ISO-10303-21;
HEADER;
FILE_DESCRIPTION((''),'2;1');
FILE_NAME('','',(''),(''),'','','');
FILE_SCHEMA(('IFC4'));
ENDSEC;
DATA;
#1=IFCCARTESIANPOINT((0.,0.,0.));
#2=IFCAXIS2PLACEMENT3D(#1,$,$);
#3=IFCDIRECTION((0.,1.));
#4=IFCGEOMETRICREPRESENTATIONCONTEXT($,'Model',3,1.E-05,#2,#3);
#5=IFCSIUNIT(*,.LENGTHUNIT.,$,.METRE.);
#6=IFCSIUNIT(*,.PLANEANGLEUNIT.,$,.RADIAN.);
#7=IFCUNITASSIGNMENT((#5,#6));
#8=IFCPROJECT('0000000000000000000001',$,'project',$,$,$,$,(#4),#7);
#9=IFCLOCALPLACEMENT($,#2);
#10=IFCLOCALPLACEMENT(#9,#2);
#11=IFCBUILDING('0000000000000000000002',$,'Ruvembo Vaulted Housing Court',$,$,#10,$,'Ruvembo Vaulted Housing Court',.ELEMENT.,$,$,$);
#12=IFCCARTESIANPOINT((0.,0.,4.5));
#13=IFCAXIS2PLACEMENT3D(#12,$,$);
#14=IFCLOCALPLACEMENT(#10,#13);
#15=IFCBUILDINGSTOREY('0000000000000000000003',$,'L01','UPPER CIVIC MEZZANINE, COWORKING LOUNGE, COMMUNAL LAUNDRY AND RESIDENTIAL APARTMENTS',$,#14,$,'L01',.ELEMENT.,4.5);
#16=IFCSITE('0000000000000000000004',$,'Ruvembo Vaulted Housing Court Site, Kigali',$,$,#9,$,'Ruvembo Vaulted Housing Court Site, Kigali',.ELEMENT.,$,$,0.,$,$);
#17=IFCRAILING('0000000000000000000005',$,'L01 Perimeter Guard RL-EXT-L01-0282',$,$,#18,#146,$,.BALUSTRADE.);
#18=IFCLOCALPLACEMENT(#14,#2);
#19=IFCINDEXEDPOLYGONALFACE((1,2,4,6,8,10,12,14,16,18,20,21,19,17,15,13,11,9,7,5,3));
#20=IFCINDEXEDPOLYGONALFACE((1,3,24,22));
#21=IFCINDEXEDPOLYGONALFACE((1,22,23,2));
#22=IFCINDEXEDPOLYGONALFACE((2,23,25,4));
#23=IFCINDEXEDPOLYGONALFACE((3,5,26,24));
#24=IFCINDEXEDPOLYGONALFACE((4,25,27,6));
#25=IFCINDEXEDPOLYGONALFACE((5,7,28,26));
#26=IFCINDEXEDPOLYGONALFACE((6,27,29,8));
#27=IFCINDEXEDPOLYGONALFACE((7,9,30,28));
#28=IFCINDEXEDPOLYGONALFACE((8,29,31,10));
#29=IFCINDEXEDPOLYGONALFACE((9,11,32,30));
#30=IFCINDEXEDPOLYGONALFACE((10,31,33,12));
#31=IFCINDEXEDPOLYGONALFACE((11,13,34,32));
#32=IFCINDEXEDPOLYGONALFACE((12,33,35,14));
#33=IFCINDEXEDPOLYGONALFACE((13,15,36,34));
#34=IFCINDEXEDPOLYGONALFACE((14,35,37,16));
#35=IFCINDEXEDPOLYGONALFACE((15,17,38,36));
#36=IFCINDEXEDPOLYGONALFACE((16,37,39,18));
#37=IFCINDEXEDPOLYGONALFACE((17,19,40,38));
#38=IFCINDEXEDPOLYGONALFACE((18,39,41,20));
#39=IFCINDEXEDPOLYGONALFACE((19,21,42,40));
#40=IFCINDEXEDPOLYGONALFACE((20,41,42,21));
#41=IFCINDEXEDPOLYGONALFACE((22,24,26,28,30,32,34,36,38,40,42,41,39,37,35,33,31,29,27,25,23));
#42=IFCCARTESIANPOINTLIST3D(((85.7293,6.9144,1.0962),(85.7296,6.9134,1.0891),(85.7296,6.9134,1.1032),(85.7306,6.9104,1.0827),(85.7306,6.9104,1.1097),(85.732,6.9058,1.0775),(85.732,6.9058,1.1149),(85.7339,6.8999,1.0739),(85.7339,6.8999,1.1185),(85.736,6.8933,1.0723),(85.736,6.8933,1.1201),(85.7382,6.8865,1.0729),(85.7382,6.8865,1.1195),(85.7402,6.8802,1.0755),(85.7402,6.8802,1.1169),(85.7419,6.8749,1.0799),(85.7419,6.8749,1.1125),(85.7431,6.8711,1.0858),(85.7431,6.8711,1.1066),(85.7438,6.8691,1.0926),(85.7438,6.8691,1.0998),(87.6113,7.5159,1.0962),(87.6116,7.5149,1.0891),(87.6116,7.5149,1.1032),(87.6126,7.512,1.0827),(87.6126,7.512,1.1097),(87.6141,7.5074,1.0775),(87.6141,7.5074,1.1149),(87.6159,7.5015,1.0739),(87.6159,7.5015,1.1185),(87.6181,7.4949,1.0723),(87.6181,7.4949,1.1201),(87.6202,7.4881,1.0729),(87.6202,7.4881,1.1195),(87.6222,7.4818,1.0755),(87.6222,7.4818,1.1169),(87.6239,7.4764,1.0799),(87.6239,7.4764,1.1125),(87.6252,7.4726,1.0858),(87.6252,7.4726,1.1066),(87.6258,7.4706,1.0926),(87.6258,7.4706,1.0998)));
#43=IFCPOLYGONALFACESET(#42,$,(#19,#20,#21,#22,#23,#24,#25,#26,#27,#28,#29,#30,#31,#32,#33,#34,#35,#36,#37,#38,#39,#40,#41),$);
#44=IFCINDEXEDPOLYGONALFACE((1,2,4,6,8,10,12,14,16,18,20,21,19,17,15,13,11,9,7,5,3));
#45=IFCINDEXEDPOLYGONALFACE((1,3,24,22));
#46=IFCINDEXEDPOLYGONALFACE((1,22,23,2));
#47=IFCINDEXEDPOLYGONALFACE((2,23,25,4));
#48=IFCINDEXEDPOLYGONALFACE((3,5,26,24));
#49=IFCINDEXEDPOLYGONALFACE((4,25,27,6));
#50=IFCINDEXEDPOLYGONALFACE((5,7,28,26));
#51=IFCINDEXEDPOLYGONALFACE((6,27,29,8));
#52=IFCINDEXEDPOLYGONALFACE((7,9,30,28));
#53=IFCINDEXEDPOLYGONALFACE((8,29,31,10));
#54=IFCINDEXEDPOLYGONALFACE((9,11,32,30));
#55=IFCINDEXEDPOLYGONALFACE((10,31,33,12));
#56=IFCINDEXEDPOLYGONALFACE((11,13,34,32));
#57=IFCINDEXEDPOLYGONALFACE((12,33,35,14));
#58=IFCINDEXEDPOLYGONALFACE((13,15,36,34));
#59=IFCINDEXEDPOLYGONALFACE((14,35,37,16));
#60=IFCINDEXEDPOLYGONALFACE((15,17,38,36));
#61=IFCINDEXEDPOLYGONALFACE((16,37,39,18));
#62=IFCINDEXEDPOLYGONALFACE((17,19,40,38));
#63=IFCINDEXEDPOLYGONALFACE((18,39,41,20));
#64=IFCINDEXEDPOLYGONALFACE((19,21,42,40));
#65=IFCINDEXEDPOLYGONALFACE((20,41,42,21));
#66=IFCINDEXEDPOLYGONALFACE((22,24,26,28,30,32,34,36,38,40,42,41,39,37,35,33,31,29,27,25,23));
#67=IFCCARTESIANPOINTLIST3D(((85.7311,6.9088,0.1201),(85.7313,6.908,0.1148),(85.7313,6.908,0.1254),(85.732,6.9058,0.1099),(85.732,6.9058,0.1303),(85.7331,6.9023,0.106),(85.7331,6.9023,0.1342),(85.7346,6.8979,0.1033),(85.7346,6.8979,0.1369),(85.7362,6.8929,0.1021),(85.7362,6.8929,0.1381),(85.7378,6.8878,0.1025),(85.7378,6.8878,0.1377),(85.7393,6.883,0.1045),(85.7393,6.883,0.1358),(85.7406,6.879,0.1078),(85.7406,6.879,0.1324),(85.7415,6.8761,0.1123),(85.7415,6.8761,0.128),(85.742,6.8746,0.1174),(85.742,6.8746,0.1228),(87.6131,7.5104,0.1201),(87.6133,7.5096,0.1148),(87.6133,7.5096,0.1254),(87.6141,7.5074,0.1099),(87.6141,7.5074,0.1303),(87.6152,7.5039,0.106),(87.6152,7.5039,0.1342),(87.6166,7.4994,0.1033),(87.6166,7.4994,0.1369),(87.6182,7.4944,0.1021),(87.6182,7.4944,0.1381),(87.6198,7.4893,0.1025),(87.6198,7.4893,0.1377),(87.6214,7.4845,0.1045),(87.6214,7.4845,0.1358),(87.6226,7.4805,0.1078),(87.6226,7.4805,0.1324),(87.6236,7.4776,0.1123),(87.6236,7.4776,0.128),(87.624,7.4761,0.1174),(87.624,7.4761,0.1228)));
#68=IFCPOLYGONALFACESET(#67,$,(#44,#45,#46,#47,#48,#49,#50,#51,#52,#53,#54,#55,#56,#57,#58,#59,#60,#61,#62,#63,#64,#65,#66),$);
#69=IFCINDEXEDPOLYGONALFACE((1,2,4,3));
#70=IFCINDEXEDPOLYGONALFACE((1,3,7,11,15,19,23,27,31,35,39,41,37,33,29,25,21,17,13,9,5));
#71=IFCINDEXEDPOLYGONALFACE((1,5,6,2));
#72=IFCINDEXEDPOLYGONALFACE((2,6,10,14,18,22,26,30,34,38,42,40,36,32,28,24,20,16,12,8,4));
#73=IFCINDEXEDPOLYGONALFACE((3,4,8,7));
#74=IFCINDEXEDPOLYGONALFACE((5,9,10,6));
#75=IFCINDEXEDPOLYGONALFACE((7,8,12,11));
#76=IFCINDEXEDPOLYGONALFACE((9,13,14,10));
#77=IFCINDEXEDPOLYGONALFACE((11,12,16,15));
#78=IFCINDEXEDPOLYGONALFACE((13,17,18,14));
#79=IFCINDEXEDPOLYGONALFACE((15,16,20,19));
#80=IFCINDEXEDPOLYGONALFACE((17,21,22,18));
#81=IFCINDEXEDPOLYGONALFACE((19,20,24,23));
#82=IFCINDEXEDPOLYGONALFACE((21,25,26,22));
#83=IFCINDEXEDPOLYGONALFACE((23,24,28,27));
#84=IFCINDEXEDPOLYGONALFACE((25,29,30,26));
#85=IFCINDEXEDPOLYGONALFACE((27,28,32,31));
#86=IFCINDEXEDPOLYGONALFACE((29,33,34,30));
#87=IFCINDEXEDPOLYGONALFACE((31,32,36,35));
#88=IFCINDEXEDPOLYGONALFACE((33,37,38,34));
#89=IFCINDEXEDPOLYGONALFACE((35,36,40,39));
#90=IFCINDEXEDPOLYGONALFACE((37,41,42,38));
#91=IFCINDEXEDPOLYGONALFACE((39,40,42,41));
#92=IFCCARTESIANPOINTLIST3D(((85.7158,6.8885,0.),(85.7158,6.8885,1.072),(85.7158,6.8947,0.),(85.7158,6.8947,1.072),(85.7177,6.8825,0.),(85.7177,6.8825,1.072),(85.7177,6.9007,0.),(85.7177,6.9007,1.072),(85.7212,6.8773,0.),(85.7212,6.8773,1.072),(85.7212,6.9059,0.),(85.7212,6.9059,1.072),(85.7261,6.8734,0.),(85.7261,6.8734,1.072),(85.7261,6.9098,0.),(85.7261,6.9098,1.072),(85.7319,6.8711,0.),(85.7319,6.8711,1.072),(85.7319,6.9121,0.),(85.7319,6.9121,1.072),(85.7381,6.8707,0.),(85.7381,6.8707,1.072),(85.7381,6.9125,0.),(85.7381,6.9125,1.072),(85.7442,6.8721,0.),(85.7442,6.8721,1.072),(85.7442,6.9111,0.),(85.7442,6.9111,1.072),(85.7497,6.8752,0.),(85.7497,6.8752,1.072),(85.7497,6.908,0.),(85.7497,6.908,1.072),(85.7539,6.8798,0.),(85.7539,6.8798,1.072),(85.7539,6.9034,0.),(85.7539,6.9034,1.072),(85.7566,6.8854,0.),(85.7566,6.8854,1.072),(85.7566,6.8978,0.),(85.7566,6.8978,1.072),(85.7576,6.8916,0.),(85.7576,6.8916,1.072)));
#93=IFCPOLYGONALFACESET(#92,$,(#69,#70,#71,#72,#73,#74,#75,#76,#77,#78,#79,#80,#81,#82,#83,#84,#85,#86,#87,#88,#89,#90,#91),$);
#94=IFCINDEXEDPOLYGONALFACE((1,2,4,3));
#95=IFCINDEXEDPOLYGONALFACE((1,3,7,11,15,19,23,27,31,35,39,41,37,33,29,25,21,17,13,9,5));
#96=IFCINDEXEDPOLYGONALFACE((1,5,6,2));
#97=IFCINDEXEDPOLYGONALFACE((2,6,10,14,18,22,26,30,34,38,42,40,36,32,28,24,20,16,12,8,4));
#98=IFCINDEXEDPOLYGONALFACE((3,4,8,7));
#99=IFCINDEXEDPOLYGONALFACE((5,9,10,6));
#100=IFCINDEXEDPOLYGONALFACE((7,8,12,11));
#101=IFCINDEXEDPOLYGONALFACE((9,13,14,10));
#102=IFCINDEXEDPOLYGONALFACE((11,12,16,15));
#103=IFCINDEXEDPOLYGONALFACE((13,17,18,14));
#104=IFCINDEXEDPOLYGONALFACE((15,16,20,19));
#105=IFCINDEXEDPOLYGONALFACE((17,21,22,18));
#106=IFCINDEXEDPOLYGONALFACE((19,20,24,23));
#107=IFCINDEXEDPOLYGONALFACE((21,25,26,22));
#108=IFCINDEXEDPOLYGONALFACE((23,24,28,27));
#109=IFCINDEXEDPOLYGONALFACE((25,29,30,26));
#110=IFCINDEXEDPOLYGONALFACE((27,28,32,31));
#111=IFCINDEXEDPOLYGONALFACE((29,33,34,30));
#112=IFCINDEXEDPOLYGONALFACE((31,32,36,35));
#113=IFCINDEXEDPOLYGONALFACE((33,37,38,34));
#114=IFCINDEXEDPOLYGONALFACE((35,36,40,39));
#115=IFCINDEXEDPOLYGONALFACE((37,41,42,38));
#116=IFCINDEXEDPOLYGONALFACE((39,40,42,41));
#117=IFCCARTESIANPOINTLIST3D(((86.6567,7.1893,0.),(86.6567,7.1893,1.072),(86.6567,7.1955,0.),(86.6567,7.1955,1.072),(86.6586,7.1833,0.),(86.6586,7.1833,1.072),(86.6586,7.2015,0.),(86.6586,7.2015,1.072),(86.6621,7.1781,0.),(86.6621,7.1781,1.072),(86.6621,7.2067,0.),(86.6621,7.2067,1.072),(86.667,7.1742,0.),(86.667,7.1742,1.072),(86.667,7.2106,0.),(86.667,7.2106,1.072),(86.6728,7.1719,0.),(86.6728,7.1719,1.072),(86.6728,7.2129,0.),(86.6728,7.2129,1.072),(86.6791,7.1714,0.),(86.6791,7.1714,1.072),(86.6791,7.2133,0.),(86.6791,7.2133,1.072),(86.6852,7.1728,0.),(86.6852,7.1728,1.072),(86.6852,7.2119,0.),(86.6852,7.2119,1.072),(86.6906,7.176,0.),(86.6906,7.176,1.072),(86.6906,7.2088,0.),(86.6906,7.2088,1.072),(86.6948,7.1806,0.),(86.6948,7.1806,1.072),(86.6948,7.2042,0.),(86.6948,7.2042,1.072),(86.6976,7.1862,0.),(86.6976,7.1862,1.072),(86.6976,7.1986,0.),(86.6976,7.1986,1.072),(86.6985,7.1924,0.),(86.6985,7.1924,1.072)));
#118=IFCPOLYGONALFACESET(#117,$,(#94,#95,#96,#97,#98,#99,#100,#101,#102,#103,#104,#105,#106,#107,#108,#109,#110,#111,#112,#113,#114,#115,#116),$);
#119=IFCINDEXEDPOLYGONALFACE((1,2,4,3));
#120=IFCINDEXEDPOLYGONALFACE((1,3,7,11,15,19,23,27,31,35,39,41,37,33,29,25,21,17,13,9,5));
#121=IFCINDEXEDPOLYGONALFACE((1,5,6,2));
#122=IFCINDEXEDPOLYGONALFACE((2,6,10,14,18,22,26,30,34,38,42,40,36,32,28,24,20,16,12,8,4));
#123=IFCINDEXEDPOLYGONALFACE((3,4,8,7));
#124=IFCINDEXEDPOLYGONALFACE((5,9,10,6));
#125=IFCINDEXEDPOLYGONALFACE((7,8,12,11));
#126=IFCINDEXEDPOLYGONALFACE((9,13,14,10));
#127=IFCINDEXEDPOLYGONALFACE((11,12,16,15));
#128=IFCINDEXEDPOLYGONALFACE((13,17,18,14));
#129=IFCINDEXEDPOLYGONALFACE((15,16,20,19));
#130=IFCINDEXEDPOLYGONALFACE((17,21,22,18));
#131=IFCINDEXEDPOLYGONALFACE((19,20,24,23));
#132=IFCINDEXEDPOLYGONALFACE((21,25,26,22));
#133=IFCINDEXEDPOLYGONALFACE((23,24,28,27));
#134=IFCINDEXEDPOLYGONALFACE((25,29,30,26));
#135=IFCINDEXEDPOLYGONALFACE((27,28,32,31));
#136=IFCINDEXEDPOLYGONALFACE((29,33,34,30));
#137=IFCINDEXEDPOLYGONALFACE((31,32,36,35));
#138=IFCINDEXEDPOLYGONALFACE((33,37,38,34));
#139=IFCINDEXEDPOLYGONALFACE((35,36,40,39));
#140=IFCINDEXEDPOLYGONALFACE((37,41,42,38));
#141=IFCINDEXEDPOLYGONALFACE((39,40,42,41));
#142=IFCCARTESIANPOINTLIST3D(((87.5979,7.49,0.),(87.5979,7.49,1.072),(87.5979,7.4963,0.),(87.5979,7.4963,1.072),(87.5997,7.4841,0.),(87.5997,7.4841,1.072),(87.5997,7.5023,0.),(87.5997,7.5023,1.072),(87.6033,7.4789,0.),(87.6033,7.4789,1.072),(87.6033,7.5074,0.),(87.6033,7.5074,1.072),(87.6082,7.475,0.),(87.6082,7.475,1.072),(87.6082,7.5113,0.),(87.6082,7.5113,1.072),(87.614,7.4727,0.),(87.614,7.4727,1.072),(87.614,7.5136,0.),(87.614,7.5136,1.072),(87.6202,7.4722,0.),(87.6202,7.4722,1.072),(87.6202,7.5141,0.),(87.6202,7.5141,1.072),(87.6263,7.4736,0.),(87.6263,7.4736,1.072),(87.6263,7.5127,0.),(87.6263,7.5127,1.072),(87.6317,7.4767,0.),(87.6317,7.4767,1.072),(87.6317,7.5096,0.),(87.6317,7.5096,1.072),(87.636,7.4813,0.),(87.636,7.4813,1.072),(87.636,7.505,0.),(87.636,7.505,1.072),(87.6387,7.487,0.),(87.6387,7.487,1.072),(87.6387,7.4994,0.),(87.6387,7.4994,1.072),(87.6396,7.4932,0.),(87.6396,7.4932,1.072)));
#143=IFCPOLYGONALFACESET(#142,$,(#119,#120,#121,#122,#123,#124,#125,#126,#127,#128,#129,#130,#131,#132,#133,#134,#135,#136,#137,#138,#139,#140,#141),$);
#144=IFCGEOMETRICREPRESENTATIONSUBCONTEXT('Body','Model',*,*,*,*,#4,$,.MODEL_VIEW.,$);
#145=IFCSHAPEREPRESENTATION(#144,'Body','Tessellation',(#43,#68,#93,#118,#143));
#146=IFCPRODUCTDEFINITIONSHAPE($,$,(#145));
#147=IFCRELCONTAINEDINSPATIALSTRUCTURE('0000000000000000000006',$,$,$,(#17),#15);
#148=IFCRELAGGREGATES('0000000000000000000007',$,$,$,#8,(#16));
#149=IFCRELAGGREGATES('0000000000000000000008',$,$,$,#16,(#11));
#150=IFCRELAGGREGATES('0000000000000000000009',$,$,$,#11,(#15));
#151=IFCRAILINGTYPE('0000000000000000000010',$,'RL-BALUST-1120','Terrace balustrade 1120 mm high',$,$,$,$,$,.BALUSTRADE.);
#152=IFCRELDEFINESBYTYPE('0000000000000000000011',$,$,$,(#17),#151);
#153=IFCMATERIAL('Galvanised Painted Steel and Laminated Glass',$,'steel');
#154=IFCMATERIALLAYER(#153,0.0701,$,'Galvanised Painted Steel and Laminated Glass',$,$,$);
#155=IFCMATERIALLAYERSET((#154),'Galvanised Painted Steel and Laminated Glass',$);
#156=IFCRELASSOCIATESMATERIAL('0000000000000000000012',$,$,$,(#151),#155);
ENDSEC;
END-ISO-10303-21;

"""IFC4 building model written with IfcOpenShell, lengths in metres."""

from ifc_helpers import new_model, si_unit, direction, frame, origin, origin_2d, place, context, subcontext, project, spatial, circle, extrude, material, layer, layer_set, type_object, element, save


model = new_model("IFC4")

# Units and contexts
model_context = context("Model", 3, precision=1e-05, world=origin(), true_north=direction((0.0, 1.0)))
body_context = subcontext(model_context, "Body", "Model", "MODEL_VIEW")
ifc_project = project(units=[si_unit("LENGTHUNIT", "METRE"), si_unit("PLANEANGLEUNIT", "RADIAN")], contexts=[model_context])

# Site, building, storey
site_placement = place(None, origin())
site = spatial("IfcSite", under=ifc_project, at=site_placement, Name="Ruvembo Vaulted Housing Court Site, Kigali", LongName="Ruvembo Vaulted Housing Court Site, Kigali", CompositionType="ELEMENT", RefElevation=0.0)
building_placement = place(site_placement, origin())
building = spatial("IfcBuilding", under=site, at=building_placement, Name="Ruvembo Vaulted Housing Court", LongName="Ruvembo Vaulted Housing Court", CompositionType="ELEMENT")
storey_placement = place(building_placement, frame((0.0, 0.0, 4.5)))
storey = spatial("IfcBuildingStorey", under=building, at=storey_placement, Name="L01", Description="UPPER CIVIC MEZZANINE, COWORKING LOUNGE, COMMUNAL LAUNDRY AND RESIDENTIAL APARTMENTS", LongName="L01", CompositionType="ELEMENT", Elevation=4.5)

# Railing
ifc_material_1 = material(Name="Galvanised Painted Steel and Laminated Glass", Category="steel")
ifc_layer_1 = layer(ifc_material_1, 0.0701, Name="Galvanised Painted Steel and Laminated Glass")
ifc_layer_set_1 = layer_set([ifc_layer_1], Name="Galvanised Painted Steel and Laminated Glass")
railing_type = type_object("IfcRailingType", Name="RL-BALUST-1120", Description="Terrace balustrade 1120 mm high", PredefinedType="BALUSTRADE", material=ifc_layer_set_1)
railing_1_placement = place(storey_placement, frame((85.7366, 6.8916, 0.0)))
element("IfcRailing", 1, at=railing_1_placement, inside=storey, type_object=railing_type, Name="L01 Perimeter Guard RL-EXT-L01-0282", PredefinedType="BALUSTRADE", context=body_context, shape_type="SweptSolid", body=[
    extrude(circle(Radius=0.0239, at=origin_2d()), frame((0.0, 0.0, 1.0962), z_axis=(0.952527, 0.304453, 0.0), x_axis=(-0.304453, 0.952527, 0.0)), (0.0, 0.0, 1.0), 1.9758),
    extrude(circle(Radius=0.0181, at=origin_2d()), frame((0.0, 0.0, 0.1201), z_axis=(0.952527, 0.304453, 0.0), x_axis=(-0.304453, 0.952527, 0.0)), (0.0, 0.0, 1.0), 1.9758),
    extrude(circle(Radius=0.021, at=origin_2d()), origin(), (0.0, 0.0, 1.0), 1.072),
    extrude(circle(Radius=0.021, at=origin_2d()), frame((0.9409, 0.3008, 0.0)), (0.0, 0.0, 1.0), 1.072),
    extrude(circle(Radius=0.021, at=origin_2d()), frame((1.8821, 0.6016, 0.0)), (0.0, 0.0, 1.0), 1.072),
])

save(model, "model.ifc")
